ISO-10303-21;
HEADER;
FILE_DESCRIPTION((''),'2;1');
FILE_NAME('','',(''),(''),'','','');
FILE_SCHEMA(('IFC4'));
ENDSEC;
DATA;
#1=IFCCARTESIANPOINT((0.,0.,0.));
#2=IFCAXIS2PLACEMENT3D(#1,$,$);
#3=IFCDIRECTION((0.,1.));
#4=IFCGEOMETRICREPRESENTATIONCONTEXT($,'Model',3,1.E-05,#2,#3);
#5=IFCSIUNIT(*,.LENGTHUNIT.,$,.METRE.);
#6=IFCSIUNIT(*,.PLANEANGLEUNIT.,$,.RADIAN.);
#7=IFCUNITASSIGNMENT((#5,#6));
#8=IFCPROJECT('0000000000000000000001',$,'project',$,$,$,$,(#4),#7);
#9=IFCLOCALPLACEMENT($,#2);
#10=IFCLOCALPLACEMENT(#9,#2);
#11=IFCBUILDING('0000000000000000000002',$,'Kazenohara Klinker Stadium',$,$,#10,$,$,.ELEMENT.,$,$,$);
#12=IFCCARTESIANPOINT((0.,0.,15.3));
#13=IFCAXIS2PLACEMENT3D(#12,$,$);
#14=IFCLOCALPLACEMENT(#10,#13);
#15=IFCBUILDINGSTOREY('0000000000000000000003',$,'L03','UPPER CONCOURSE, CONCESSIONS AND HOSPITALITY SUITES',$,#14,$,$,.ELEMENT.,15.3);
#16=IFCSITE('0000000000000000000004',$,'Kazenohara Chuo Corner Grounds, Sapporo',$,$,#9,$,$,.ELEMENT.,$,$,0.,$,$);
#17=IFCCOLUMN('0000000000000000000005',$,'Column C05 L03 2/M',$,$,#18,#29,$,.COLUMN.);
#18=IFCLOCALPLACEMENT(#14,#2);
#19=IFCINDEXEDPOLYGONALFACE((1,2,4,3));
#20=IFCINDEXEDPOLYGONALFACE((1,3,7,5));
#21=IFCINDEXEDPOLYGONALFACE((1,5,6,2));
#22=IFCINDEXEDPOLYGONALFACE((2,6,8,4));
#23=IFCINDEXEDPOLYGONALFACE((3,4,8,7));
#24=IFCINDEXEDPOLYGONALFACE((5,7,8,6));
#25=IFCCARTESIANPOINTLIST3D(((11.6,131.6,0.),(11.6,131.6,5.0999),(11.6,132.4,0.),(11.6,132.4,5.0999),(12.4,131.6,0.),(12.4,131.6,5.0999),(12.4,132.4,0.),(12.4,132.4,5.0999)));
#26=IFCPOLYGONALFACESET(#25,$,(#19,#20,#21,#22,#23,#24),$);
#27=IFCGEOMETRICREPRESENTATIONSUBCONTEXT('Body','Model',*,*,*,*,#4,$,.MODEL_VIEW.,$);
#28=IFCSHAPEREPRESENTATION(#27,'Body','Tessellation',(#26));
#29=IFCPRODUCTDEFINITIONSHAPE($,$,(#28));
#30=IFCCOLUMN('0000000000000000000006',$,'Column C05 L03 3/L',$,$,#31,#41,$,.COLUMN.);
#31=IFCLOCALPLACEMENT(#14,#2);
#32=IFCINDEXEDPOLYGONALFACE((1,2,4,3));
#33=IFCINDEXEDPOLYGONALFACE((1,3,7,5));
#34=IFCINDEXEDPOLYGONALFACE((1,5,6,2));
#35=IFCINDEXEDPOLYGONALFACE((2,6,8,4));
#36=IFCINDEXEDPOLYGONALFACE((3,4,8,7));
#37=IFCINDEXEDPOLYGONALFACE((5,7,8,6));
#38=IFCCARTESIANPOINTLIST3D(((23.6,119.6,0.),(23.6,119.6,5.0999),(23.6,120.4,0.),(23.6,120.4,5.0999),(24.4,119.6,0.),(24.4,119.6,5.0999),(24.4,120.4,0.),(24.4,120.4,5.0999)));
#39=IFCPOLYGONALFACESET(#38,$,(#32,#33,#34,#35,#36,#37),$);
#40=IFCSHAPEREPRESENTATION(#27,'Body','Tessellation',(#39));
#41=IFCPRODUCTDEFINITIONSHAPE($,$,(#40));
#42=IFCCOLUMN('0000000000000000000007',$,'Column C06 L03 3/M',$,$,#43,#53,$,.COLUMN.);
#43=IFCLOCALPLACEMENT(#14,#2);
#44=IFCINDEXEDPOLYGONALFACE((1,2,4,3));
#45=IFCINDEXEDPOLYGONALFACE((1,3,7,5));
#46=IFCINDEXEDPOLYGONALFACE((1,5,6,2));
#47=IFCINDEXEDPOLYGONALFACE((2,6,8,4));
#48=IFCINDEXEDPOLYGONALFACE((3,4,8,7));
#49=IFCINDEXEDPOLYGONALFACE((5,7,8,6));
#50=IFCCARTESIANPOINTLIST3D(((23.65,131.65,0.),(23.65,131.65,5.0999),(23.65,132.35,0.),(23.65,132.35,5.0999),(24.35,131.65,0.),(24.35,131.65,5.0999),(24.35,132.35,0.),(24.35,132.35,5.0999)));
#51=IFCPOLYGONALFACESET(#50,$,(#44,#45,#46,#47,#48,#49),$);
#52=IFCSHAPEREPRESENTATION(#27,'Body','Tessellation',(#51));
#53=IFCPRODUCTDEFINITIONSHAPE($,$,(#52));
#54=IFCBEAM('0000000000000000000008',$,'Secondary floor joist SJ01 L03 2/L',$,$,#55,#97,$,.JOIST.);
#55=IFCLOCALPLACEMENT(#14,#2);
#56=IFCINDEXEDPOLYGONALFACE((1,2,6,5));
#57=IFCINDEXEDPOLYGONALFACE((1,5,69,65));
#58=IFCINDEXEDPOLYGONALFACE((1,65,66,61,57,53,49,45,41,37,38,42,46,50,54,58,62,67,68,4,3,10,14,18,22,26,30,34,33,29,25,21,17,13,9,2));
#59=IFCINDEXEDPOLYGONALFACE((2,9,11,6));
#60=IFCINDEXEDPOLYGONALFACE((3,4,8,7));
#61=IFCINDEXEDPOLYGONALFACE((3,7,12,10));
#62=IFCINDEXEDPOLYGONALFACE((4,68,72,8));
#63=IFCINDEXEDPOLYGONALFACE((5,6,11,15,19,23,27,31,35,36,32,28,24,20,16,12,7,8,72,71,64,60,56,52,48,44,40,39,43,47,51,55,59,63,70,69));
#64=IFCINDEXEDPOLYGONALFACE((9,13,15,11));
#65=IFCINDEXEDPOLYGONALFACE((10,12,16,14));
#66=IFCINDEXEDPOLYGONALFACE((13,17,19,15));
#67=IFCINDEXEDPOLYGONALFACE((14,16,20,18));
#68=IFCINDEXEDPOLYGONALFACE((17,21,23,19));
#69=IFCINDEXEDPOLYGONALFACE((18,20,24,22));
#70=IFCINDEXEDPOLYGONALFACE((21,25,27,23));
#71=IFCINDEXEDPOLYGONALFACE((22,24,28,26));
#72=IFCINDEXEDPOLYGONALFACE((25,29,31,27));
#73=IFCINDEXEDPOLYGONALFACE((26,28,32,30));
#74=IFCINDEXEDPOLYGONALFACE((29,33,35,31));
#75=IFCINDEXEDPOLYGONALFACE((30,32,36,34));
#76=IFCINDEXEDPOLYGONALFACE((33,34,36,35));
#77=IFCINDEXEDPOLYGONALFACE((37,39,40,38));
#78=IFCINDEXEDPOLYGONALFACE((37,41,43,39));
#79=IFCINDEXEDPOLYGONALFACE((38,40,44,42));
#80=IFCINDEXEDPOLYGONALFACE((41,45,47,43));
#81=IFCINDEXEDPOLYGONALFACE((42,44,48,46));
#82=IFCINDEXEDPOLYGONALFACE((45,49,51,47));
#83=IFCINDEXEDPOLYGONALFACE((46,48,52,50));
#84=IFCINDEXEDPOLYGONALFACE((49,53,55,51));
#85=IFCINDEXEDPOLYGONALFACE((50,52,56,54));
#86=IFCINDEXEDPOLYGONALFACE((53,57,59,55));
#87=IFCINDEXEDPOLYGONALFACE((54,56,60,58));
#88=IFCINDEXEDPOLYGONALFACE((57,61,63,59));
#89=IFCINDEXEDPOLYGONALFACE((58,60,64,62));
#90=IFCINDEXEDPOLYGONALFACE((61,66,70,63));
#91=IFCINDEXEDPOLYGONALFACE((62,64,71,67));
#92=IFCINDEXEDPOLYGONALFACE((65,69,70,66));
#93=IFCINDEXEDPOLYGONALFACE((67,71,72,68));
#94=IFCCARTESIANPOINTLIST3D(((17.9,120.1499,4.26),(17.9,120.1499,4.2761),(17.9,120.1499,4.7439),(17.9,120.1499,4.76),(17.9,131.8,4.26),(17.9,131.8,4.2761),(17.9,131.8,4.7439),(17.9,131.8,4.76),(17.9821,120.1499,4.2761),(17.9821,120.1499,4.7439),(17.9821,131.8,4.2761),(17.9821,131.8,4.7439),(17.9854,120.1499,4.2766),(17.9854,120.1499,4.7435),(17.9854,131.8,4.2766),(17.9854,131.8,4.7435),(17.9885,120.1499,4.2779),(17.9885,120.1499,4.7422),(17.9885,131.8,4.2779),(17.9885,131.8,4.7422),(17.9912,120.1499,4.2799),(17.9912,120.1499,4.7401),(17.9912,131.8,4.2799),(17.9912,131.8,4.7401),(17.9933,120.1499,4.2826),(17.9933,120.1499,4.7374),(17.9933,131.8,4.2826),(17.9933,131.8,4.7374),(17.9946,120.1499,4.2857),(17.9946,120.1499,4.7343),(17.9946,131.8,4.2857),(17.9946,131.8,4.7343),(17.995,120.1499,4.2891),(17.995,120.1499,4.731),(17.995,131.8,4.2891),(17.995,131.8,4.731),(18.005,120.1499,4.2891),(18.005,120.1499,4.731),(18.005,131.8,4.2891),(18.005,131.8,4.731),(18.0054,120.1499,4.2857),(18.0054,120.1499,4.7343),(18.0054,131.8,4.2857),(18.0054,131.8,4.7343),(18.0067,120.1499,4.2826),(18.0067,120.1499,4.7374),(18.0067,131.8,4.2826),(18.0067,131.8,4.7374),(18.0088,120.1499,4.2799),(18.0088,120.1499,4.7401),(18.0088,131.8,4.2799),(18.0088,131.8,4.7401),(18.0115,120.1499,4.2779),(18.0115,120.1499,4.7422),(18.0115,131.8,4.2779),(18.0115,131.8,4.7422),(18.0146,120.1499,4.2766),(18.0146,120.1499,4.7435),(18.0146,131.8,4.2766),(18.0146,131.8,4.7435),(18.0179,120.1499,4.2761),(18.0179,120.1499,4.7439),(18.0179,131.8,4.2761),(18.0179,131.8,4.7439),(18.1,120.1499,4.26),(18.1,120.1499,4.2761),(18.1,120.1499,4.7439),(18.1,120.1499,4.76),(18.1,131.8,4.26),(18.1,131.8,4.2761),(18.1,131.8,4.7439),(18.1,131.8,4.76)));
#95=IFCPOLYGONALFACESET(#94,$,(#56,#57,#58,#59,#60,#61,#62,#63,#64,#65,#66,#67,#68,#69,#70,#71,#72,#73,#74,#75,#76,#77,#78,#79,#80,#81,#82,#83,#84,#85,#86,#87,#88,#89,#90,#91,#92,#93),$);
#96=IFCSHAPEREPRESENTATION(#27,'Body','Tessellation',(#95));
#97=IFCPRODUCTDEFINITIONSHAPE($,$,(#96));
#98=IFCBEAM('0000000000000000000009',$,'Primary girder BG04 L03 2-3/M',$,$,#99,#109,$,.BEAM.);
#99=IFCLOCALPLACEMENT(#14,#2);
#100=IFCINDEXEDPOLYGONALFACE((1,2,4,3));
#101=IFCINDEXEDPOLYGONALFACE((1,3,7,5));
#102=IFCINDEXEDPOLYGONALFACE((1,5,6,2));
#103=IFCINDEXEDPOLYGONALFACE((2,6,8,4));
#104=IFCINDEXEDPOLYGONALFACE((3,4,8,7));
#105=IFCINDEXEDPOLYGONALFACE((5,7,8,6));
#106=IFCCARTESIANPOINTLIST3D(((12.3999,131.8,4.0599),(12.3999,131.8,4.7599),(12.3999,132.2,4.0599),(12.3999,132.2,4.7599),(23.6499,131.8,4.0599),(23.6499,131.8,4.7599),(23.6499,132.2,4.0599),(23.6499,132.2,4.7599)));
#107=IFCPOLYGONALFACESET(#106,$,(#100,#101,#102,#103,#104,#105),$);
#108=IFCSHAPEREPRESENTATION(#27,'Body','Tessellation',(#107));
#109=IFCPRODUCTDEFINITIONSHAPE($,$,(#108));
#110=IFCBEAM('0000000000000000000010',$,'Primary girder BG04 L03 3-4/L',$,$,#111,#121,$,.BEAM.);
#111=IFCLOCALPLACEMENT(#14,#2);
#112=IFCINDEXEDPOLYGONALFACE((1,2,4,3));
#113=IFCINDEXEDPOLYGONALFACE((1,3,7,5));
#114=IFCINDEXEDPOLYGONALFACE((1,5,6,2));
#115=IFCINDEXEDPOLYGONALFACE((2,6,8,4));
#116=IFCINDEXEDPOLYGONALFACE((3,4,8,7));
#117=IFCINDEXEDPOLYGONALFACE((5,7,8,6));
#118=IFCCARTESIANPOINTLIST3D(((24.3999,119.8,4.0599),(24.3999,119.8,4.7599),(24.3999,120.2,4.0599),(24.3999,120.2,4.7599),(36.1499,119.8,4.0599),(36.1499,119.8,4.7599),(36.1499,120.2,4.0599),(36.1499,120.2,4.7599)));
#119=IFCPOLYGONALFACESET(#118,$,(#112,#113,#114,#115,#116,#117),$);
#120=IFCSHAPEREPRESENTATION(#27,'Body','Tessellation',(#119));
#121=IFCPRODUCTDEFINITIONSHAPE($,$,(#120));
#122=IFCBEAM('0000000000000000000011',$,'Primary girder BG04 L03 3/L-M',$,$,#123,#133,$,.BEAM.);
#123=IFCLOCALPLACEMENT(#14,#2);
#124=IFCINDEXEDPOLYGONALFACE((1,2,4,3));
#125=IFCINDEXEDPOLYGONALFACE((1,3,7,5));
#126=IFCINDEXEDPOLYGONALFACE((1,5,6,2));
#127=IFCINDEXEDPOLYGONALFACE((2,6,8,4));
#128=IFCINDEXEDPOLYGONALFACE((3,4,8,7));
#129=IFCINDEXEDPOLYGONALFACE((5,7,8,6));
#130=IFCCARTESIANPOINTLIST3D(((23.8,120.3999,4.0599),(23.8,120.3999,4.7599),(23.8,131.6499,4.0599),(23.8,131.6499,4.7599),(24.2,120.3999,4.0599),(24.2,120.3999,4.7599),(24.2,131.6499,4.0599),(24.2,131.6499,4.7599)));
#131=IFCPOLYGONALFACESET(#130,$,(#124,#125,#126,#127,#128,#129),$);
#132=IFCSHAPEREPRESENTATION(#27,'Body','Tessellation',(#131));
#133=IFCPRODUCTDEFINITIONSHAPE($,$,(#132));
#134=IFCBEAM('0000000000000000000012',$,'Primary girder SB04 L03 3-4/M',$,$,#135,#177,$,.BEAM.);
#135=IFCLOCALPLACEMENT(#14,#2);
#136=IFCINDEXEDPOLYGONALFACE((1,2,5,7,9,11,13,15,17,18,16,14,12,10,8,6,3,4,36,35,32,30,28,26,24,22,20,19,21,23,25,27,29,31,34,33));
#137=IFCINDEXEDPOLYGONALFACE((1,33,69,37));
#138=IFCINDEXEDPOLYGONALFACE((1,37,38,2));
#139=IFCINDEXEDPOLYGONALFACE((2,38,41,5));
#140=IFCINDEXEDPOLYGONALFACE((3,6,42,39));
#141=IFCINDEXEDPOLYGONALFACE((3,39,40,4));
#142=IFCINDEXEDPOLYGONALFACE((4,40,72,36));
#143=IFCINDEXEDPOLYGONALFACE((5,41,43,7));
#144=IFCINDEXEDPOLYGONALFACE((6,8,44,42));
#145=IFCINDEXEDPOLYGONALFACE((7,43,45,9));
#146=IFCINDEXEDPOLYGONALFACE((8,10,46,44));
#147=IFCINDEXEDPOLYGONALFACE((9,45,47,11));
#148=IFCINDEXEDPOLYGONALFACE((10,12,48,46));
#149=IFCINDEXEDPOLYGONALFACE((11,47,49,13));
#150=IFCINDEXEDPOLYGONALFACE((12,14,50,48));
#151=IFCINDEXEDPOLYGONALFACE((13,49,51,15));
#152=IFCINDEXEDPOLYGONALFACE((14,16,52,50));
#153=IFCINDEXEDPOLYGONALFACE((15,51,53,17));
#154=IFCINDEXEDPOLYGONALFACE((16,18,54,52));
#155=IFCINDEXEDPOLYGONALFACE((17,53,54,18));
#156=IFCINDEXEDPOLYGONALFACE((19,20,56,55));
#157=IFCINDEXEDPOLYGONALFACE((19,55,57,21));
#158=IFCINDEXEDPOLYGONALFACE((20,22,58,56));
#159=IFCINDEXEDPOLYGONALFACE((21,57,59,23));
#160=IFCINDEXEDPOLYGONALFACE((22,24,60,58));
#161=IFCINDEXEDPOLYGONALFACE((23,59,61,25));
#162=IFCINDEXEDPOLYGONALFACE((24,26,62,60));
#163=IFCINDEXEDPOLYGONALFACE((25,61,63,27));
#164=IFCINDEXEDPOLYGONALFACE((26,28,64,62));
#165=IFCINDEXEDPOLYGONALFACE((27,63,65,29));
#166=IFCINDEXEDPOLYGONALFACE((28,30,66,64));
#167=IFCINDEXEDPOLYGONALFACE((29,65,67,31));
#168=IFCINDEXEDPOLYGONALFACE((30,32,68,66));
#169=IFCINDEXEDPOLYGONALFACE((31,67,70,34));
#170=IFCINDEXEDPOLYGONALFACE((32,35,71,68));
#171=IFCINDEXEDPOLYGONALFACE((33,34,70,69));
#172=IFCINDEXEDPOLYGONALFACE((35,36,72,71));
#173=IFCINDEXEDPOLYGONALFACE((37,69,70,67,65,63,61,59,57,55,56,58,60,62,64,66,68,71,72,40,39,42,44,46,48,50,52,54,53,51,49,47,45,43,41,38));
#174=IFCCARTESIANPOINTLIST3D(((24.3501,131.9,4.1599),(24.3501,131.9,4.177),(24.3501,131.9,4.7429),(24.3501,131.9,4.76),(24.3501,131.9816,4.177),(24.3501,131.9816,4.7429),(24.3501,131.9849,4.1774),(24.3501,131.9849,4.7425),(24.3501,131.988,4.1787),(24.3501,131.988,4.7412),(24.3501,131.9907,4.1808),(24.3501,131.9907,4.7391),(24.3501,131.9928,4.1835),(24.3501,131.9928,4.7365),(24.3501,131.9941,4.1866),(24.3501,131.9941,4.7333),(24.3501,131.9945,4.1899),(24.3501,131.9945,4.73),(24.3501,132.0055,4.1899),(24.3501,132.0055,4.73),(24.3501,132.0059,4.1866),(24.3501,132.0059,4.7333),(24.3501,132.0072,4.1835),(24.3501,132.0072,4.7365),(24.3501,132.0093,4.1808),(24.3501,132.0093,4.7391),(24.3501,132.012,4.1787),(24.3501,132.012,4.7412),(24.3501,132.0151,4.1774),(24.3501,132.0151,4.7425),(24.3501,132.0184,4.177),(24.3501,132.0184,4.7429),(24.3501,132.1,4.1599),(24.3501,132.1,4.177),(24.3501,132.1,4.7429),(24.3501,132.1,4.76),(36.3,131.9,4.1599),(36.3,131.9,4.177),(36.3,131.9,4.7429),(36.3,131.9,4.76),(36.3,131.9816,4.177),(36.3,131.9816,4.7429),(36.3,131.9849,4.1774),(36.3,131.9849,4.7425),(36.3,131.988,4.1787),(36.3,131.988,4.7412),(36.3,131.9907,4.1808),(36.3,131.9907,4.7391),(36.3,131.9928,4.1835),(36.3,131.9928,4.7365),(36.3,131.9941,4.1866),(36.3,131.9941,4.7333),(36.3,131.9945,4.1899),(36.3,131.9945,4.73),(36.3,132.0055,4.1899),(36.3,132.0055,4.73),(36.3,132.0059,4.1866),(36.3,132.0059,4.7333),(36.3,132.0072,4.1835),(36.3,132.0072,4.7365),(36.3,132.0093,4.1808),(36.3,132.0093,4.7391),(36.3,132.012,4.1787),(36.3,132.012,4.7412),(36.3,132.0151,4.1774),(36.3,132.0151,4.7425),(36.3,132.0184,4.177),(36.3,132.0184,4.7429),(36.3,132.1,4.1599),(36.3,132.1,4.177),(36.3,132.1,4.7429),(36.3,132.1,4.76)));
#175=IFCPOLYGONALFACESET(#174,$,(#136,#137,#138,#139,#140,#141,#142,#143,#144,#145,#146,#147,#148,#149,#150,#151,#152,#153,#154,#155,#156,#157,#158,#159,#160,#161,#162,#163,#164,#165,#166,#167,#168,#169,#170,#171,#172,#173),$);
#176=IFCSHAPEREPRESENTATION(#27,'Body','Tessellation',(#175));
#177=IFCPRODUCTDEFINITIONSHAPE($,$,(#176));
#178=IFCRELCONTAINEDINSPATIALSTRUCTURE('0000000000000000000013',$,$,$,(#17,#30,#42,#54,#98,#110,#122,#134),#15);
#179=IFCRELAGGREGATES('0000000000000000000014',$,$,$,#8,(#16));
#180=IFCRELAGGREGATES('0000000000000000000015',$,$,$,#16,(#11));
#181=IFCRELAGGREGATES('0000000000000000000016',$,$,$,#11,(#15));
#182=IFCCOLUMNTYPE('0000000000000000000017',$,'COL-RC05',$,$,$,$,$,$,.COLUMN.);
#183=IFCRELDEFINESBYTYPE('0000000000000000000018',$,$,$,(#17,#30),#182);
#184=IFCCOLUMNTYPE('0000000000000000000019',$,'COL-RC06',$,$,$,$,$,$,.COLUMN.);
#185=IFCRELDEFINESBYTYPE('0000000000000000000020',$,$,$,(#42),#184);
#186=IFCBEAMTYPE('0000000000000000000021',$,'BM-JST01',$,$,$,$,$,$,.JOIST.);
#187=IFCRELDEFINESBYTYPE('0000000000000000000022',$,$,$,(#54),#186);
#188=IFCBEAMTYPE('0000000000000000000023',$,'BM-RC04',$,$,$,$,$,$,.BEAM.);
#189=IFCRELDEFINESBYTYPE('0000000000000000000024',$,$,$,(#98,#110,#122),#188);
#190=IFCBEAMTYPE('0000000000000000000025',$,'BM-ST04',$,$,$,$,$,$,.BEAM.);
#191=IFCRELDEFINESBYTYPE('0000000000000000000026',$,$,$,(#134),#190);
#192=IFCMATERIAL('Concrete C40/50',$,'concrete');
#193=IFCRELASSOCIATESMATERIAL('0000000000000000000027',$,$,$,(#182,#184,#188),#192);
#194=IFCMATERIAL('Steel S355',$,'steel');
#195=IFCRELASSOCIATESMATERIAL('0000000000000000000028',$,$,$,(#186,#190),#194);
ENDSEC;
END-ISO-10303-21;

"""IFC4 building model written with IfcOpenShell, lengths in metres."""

from ifc_helpers import new_model, si_unit, direction, frame, origin, origin_2d, place, context, subcontext, project, spatial, rectangle, i_section, extrude, material, material_profile, profile_set, type_object, element, save


model = new_model("IFC4")

# Units and contexts
model_context = context("Model", 3, precision=1e-05, world=origin(), true_north=direction((0.0, 1.0)))
body_context = subcontext(model_context, "Body", "Model", "MODEL_VIEW")
ifc_project = project(units=[si_unit("LENGTHUNIT", "METRE"), si_unit("PLANEANGLEUNIT", "RADIAN")], contexts=[model_context])

# Site, building, storey
site_placement = place(None, origin())
site = spatial("IfcSite", under=ifc_project, at=site_placement, Name="Kazenohara Chuo Corner Grounds, Sapporo", CompositionType="ELEMENT", RefElevation=0.0)
building_placement = place(site_placement, origin())
building = spatial("IfcBuilding", under=site, at=building_placement, Name="Kazenohara Klinker Stadium", CompositionType="ELEMENT")
storey_placement = place(building_placement, frame((0.0, 0.0, 15.3)))
storey = spatial("IfcBuildingStorey", under=building, at=storey_placement, Name="L03", Description="UPPER CONCOURSE, CONCESSIONS AND HOSPITALITY SUITES", CompositionType="ELEMENT", Elevation=15.3)

# Columns
ifc_material_1 = material(Name="Concrete C40/50", Category="concrete")
ifc_material_profile_1 = material_profile(ifc_material_1, rectangle(XDim=0.8, YDim=0.8, at=origin_2d()), Name="RC-COL-800x800")
ifc_profile_set_1 = profile_set([ifc_material_profile_1], Name="Concrete C40/50")
column_type_1 = type_object("IfcColumnType", Name="COL-RC05", PredefinedType="COLUMN", material=ifc_profile_set_1)
for number, where, z_axis, x_axis, name in (
    (1, (12.0, 132.0, 0.0), (0.0, 0.0, 1.0), (1.0, 0.0, 0.0), "Column C05 L03 2/M"),
    (2, (24.0, 120.0, 0.0), (0.0, 0.0, 1.0), (1.0, 0.0, 0.0), "Column C05 L03 3/L"),
):
    element("IfcColumn", number, at=place(storey_placement, frame(where, z_axis=z_axis, x_axis=x_axis)), inside=storey, type_object=column_type_1, Name=name, PredefinedType="COLUMN", context=body_context, shape_type="SweptSolid", body=[
        extrude(rectangle(XDim=0.8, YDim=0.8, at=origin_2d()), origin(), (0.0, 0.0, 1.0), 5.0999),
    ])
ifc_material_profile_2 = material_profile(ifc_material_1, rectangle(XDim=0.7, YDim=0.7, at=origin_2d()), Name="RC-COL-700x700")
ifc_profile_set_2 = profile_set([ifc_material_profile_2], Name="Concrete C40/50")
column_type_2 = type_object("IfcColumnType", Name="COL-RC06", PredefinedType="COLUMN", material=ifc_profile_set_2)
column_placement = place(storey_placement, frame((24.0, 132.0, 0.0), z_axis=(0.0, 0.0, 1.0), x_axis=(1.0, 0.0, 0.0)))
element("IfcColumn", 3, at=column_placement, inside=storey, type_object=column_type_2, Name="Column C06 L03 3/M", PredefinedType="COLUMN", context=body_context, shape_type="SweptSolid", body=[
    extrude(rectangle(XDim=0.7, YDim=0.7, at=origin_2d()), origin(), (0.0, 0.0, 1.0), 5.0999),
])

# Beams
ifc_material_2 = material(Name="Steel S355", Category="steel")
ifc_material_profile_3 = material_profile(ifc_material_2, i_section(OverallWidth=0.2, OverallDepth=0.5, WebThickness=0.01, FlangeThickness=0.0161, FilletRadius=0.0129, at=origin_2d()), Name="H-500x200x10x16")
ifc_profile_set_3 = profile_set([ifc_material_profile_3], Name="Steel S355")
beam_type_1 = type_object("IfcBeamType", Name="BM-JST01", PredefinedType="JOIST", material=ifc_profile_set_3)
beam_1_placement = place(storey_placement, frame((18.0, 120.1499, 4.51), z_axis=(0.0, 1.0, 0.0), x_axis=(-1.0, 0.0, 0.0)))
element("IfcBeam", 4, at=beam_1_placement, inside=storey, type_object=beam_type_1, Name="Secondary floor joist SJ01 L03 2/L", PredefinedType="JOIST", context=body_context, shape_type="SweptSolid", body=[
    extrude(i_section(OverallWidth=0.2, OverallDepth=0.5, WebThickness=0.01, FlangeThickness=0.0161, FilletRadius=0.0129, at=origin_2d()), origin(), (0.0, 0.0, 1.0), 11.6501),
])
ifc_material_profile_4 = material_profile(ifc_material_1, rectangle(XDim=0.3999, YDim=0.7, at=origin_2d()), Name="RC-BM-400x700")
ifc_profile_set_4 = profile_set([ifc_material_profile_4], Name="Concrete C40/50")
beam_type_2 = type_object("IfcBeamType", Name="BM-RC04", PredefinedType="BEAM", material=ifc_profile_set_4)
beam_2_placement = place(storey_placement, frame((12.3999, 132.0, 4.4099), z_axis=(1.0, 0.0, 0.0), x_axis=(0.0, 1.0, 0.0)))
element("IfcBeam", 5, at=beam_2_placement, inside=storey, type_object=beam_type_2, Name="Primary girder BG04 L03 2-3/M", PredefinedType="BEAM", context=body_context, shape_type="SweptSolid", body=[
    extrude(rectangle(XDim=0.3999, YDim=0.7, at=origin_2d()), origin(), (0.0, 0.0, 1.0), 11.25),
])
beam_3_placement = place(storey_placement, frame((24.3999, 120.0, 4.4099), z_axis=(1.0, 0.0, 0.0), x_axis=(0.0, 1.0, 0.0)))
element("IfcBeam", 6, at=beam_3_placement, inside=storey, type_object=beam_type_2, Name="Primary girder BG04 L03 3-4/L", PredefinedType="BEAM", context=body_context, shape_type="SweptSolid", body=[
    extrude(rectangle(XDim=0.3999, YDim=0.7, at=origin_2d()), origin(), (0.0, 0.0, 1.0), 11.75),
])
beam_4_placement = place(storey_placement, frame((24.0, 120.3999, 4.4099), z_axis=(0.0, 1.0, 0.0), x_axis=(-1.0, 0.0, 0.0)))
element("IfcBeam", 7, at=beam_4_placement, inside=storey, type_object=beam_type_2, Name="Primary girder BG04 L03 3/L-M", PredefinedType="BEAM", context=body_context, shape_type="SweptSolid", body=[
    extrude(rectangle(XDim=0.3999, YDim=0.7, at=origin_2d()), origin(), (0.0, 0.0, 1.0), 11.25),
])
ifc_material_profile_5 = material_profile(ifc_material_2, i_section(OverallWidth=0.2, OverallDepth=0.6001, WebThickness=0.011, FlangeThickness=0.0171, FilletRadius=0.0129, at=origin_2d()), Name="H-600x200x11x17")
ifc_profile_set_5 = profile_set([ifc_material_profile_5], Name="Steel S355")
beam_type_3 = type_object("IfcBeamType", Name="BM-ST04", PredefinedType="BEAM", material=ifc_profile_set_5)
beam_5_placement = place(storey_placement, frame((24.3501, 132.0, 4.46), z_axis=(1.0, 0.0, 0.0), x_axis=(0.0, 1.0, 0.0)))
element("IfcBeam", 8, at=beam_5_placement, inside=storey, type_object=beam_type_3, Name="Primary girder SB04 L03 3-4/M", PredefinedType="BEAM", context=body_context, shape_type="SweptSolid", body=[
    extrude(i_section(OverallWidth=0.2, OverallDepth=0.6001, WebThickness=0.011, FlangeThickness=0.0171, FilletRadius=0.0129, at=origin_2d()), origin(), (0.0, 0.0, 1.0), 11.95),
])

save(model, "model.ifc")
